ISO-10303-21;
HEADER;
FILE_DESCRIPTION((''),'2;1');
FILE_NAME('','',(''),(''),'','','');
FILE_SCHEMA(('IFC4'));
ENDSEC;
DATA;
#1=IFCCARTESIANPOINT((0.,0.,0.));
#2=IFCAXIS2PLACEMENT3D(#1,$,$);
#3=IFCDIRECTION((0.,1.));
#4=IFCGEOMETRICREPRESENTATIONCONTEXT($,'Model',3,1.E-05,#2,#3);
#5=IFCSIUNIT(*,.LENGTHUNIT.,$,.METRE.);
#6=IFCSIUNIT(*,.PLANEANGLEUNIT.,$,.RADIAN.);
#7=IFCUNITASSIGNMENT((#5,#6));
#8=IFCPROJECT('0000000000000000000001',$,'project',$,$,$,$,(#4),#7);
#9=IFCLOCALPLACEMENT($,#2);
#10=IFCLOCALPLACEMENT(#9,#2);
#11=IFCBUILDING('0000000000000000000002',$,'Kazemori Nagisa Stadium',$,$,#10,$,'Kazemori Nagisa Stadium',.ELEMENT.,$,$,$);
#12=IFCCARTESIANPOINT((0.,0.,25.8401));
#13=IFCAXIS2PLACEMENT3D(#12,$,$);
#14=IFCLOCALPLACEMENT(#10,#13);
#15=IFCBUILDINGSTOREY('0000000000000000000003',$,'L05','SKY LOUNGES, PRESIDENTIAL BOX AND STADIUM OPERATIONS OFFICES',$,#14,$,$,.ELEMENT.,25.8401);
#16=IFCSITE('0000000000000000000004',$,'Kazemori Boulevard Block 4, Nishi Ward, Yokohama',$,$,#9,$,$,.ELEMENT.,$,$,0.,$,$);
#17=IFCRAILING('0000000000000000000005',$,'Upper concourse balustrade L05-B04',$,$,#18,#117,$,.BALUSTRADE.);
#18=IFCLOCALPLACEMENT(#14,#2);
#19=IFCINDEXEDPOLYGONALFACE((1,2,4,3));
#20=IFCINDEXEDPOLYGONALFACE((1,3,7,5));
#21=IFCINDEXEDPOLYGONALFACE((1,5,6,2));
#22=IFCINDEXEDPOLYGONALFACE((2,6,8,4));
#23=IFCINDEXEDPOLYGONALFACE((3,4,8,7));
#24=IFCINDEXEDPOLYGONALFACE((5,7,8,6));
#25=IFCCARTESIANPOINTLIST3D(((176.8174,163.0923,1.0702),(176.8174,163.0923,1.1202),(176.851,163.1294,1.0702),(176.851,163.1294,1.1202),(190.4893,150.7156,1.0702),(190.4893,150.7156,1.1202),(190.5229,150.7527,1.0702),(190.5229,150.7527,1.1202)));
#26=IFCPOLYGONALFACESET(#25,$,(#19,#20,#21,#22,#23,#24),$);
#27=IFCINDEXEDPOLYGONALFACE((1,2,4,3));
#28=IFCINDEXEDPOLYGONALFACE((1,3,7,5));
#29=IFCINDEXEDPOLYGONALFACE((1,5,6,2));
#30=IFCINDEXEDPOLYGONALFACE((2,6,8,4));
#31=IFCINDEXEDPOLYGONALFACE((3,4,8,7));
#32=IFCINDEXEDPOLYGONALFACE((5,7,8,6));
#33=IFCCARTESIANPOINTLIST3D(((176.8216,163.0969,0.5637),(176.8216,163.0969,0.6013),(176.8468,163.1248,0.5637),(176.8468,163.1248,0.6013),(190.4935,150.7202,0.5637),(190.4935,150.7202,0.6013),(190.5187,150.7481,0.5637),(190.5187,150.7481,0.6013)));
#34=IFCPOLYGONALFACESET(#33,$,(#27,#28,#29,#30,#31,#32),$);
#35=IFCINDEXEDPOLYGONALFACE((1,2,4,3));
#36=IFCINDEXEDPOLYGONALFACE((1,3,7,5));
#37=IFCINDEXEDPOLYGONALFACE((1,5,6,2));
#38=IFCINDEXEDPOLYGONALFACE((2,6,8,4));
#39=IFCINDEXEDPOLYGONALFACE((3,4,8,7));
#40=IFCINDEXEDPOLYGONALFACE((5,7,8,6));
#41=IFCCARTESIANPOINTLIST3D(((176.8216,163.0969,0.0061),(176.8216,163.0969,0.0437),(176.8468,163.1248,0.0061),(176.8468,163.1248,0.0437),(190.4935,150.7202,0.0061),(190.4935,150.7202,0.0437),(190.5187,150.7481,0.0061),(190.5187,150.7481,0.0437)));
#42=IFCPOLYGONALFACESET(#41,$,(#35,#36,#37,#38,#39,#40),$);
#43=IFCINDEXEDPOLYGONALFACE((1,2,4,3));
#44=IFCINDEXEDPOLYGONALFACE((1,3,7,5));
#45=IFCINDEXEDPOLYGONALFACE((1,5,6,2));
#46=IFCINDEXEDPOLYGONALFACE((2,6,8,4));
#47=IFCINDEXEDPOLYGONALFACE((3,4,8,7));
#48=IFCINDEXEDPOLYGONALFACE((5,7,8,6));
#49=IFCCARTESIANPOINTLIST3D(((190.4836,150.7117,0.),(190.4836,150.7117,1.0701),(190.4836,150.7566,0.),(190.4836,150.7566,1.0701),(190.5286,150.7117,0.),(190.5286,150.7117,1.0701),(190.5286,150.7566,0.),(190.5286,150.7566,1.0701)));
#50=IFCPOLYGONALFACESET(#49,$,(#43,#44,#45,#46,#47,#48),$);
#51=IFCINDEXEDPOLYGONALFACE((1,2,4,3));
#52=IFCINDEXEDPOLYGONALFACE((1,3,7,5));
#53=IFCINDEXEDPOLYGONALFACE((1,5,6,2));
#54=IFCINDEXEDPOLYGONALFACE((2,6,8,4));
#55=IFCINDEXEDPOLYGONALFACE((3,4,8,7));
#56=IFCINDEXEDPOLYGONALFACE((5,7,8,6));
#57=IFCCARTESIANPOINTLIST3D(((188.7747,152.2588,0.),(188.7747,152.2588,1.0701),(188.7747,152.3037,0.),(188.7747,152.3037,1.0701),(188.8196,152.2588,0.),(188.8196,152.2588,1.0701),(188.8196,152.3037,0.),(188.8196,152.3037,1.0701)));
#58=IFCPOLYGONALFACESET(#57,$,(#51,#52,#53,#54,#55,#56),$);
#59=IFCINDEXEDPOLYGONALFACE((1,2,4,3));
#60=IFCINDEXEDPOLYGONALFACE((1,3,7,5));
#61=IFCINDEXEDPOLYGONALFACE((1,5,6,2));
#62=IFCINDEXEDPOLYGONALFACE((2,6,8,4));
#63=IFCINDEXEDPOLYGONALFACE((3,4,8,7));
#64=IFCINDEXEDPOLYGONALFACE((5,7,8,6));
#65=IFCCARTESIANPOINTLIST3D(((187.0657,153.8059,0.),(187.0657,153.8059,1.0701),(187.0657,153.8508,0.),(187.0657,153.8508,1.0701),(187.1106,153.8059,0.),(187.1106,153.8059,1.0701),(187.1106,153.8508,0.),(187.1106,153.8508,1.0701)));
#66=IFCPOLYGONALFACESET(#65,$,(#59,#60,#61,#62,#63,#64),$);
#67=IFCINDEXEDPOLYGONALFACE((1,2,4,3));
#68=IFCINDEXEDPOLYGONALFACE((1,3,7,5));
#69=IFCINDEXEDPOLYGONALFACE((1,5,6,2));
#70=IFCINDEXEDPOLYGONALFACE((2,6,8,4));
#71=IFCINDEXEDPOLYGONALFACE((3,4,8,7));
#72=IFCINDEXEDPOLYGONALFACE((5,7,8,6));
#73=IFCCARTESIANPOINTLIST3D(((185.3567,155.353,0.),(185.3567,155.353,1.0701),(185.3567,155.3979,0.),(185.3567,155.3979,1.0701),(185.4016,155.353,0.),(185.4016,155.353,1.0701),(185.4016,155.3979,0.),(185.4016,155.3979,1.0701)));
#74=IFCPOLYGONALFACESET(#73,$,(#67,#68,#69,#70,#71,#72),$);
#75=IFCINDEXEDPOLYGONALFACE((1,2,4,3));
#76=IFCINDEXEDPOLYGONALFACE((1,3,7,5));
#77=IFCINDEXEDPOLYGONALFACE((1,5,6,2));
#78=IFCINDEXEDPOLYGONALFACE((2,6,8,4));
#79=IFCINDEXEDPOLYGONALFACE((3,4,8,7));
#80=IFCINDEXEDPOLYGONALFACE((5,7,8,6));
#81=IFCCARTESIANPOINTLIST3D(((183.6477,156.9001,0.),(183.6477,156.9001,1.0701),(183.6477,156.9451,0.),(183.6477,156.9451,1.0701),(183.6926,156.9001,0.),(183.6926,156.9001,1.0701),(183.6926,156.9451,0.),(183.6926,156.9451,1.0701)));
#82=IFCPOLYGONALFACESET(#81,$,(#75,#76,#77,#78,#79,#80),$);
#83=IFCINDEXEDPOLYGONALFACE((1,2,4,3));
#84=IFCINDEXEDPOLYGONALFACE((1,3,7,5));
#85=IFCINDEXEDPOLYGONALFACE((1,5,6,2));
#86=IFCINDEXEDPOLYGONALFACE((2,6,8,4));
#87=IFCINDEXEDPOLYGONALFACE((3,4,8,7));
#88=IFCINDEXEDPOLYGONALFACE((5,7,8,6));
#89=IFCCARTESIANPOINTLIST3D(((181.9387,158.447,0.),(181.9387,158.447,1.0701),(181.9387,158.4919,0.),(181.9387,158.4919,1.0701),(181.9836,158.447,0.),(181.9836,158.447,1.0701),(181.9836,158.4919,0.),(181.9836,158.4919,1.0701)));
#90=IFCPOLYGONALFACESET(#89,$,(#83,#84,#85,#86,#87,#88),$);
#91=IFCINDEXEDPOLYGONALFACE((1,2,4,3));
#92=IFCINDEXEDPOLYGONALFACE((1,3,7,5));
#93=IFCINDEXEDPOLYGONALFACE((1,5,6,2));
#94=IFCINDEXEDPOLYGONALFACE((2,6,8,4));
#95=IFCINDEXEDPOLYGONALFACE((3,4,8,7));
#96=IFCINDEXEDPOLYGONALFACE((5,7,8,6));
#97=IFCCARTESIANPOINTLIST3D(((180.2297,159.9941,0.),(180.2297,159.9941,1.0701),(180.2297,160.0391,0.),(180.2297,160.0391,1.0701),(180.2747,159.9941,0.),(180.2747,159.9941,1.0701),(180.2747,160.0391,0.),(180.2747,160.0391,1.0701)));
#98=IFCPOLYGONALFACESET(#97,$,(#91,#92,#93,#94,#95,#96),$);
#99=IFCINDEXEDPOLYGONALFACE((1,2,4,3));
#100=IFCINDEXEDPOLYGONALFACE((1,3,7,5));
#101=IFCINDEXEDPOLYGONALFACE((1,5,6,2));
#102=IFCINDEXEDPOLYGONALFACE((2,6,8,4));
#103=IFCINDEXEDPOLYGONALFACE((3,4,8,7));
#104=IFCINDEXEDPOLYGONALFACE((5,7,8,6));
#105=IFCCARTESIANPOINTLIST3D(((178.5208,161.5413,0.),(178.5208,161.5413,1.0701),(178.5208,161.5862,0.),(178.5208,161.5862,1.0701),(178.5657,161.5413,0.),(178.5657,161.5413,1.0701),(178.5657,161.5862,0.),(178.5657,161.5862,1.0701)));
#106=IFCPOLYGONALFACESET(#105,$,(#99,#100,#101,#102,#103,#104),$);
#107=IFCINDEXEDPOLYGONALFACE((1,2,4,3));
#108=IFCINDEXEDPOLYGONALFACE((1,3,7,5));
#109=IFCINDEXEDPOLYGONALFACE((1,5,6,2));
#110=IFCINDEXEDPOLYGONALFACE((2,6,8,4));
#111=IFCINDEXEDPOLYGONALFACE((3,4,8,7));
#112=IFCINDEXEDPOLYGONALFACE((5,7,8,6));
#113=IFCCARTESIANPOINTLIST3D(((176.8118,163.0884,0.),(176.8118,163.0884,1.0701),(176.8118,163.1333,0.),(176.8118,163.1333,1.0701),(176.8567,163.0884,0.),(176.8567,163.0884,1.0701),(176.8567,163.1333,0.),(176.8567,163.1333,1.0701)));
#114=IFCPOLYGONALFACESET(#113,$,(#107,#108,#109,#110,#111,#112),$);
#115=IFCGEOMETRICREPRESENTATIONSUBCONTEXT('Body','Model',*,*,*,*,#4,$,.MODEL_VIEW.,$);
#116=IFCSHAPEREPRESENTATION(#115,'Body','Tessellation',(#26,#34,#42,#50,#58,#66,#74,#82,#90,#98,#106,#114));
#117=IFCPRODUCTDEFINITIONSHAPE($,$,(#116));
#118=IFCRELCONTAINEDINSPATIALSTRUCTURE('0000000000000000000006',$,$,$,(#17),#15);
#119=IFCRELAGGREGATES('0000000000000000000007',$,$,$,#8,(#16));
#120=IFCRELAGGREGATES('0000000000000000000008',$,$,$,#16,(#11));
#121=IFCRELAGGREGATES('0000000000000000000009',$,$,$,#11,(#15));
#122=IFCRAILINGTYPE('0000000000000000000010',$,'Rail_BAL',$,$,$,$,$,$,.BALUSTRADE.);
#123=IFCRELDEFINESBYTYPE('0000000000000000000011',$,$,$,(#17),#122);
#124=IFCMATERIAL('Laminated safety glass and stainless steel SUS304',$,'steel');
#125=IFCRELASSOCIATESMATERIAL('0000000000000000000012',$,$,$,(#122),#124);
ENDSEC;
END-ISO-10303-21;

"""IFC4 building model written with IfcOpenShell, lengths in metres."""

from ifc_helpers import new_model, si_unit, direction, frame, origin, origin_2d, place, context, subcontext, project, spatial, rectangle, extrude, material, type_object, element, save


model = new_model("IFC4")

# Units and contexts
model_context = context("Model", 3, precision=1e-05, world=origin(), true_north=direction((0.0, 1.0)))
body_context = subcontext(model_context, "Body", "Model", "MODEL_VIEW")
ifc_project = project(units=[si_unit("LENGTHUNIT", "METRE"), si_unit("PLANEANGLEUNIT", "RADIAN")], contexts=[model_context])

# Site, building, storey
site_placement = place(None, origin())
site = spatial("IfcSite", under=ifc_project, at=site_placement, Name="Kazemori Boulevard Block 4, Nishi Ward, Yokohama", CompositionType="ELEMENT", RefElevation=0.0)
building_placement = place(site_placement, origin())
building = spatial("IfcBuilding", under=site, at=building_placement, Name="Kazemori Nagisa Stadium", LongName="Kazemori Nagisa Stadium", CompositionType="ELEMENT")
storey_placement = place(building_placement, frame((0.0, 0.0, 25.8401)))
storey = spatial("IfcBuildingStorey", under=building, at=storey_placement, Name="L05", Description="SKY LOUNGES, PRESIDENTIAL BOX AND STADIUM OPERATIONS OFFICES", CompositionType="ELEMENT", Elevation=25.8401)

# Railing
ifc_material_1 = material(Name="Laminated safety glass and stainless steel SUS304", Category="steel")
railing_type = type_object("IfcRailingType", Name="Rail_BAL", PredefinedType="BALUSTRADE", material=ifc_material_1)
railing_placement = place(storey_placement, frame((190.5061, 150.7341, 0.0)))
element("IfcRailing", 1, at=railing_placement, inside=storey, type_object=railing_type, Name="Upper concourse balustrade L05-B04", PredefinedType="BALUSTRADE", context=body_context, shape_type="SweptSolid", body=[
    extrude(rectangle(XDim=0.05, YDim=0.05, at=origin_2d()), frame((0.0, 0.0, 1.0952), z_axis=(-0.741349, 0.67112, 0.0), x_axis=(-0.67112, -0.741349, 0.0)), (0.0, 0.0, 1.0), 18.4419),
    extrude(rectangle(XDim=0.0376, YDim=0.0376, at=origin_2d()), frame((0.0, 0.0, 0.5825), z_axis=(-0.741349, 0.67112, 0.0), x_axis=(-0.67112, -0.741349, 0.0)), (0.0, 0.0, 1.0), 18.4419),
    extrude(rectangle(XDim=0.0376, YDim=0.0376, at=origin_2d()), frame((0.0, 0.0, 0.0249), z_axis=(-0.741349, 0.67112, 0.0), x_axis=(-0.67112, -0.741349, 0.0)), (0.0, 0.0, 1.0), 18.4419),
    extrude(rectangle(XDim=0.0449, YDim=0.0449, at=origin_2d()), origin(), (0.0, 0.0, 1.0), 1.0701),
    extrude(rectangle(XDim=0.0449, YDim=0.0449, at=origin_2d()), frame((-1.709, 1.5471, 0.0)), (0.0, 0.0, 1.0), 1.0701),
    extrude(rectangle(XDim=0.0449, YDim=0.0449, at=origin_2d()), frame((-3.418, 3.0942, 0.0)), (0.0, 0.0, 1.0), 1.0701),
    extrude(rectangle(XDim=0.0449, YDim=0.0449, at=origin_2d()), frame((-5.127, 4.6414, 0.0)), (0.0, 0.0, 1.0), 1.0701),
    extrude(rectangle(XDim=0.0449, YDim=0.0449, at=origin_2d()), frame((-6.8359, 6.1885, 0.0)), (0.0, 0.0, 1.0), 1.0701),
    extrude(rectangle(XDim=0.0449, YDim=0.0449, at=origin_2d()), frame((-8.5449, 7.7354, 0.0)), (0.0, 0.0, 1.0), 1.0701),
    extrude(rectangle(XDim=0.0449, YDim=0.0449, at=origin_2d()), frame((-10.2539, 9.2825, 0.0)), (0.0, 0.0, 1.0), 1.0701),
    extrude(rectangle(XDim=0.0449, YDim=0.0449, at=origin_2d()), frame((-11.9629, 10.8296, 0.0)), (0.0, 0.0, 1.0), 1.0701),
    extrude(rectangle(XDim=0.0449, YDim=0.0449, at=origin_2d()), frame((-13.6719, 12.3767, 0.0)), (0.0, 0.0, 1.0), 1.0701),
])

save(model, "model.ifc")
